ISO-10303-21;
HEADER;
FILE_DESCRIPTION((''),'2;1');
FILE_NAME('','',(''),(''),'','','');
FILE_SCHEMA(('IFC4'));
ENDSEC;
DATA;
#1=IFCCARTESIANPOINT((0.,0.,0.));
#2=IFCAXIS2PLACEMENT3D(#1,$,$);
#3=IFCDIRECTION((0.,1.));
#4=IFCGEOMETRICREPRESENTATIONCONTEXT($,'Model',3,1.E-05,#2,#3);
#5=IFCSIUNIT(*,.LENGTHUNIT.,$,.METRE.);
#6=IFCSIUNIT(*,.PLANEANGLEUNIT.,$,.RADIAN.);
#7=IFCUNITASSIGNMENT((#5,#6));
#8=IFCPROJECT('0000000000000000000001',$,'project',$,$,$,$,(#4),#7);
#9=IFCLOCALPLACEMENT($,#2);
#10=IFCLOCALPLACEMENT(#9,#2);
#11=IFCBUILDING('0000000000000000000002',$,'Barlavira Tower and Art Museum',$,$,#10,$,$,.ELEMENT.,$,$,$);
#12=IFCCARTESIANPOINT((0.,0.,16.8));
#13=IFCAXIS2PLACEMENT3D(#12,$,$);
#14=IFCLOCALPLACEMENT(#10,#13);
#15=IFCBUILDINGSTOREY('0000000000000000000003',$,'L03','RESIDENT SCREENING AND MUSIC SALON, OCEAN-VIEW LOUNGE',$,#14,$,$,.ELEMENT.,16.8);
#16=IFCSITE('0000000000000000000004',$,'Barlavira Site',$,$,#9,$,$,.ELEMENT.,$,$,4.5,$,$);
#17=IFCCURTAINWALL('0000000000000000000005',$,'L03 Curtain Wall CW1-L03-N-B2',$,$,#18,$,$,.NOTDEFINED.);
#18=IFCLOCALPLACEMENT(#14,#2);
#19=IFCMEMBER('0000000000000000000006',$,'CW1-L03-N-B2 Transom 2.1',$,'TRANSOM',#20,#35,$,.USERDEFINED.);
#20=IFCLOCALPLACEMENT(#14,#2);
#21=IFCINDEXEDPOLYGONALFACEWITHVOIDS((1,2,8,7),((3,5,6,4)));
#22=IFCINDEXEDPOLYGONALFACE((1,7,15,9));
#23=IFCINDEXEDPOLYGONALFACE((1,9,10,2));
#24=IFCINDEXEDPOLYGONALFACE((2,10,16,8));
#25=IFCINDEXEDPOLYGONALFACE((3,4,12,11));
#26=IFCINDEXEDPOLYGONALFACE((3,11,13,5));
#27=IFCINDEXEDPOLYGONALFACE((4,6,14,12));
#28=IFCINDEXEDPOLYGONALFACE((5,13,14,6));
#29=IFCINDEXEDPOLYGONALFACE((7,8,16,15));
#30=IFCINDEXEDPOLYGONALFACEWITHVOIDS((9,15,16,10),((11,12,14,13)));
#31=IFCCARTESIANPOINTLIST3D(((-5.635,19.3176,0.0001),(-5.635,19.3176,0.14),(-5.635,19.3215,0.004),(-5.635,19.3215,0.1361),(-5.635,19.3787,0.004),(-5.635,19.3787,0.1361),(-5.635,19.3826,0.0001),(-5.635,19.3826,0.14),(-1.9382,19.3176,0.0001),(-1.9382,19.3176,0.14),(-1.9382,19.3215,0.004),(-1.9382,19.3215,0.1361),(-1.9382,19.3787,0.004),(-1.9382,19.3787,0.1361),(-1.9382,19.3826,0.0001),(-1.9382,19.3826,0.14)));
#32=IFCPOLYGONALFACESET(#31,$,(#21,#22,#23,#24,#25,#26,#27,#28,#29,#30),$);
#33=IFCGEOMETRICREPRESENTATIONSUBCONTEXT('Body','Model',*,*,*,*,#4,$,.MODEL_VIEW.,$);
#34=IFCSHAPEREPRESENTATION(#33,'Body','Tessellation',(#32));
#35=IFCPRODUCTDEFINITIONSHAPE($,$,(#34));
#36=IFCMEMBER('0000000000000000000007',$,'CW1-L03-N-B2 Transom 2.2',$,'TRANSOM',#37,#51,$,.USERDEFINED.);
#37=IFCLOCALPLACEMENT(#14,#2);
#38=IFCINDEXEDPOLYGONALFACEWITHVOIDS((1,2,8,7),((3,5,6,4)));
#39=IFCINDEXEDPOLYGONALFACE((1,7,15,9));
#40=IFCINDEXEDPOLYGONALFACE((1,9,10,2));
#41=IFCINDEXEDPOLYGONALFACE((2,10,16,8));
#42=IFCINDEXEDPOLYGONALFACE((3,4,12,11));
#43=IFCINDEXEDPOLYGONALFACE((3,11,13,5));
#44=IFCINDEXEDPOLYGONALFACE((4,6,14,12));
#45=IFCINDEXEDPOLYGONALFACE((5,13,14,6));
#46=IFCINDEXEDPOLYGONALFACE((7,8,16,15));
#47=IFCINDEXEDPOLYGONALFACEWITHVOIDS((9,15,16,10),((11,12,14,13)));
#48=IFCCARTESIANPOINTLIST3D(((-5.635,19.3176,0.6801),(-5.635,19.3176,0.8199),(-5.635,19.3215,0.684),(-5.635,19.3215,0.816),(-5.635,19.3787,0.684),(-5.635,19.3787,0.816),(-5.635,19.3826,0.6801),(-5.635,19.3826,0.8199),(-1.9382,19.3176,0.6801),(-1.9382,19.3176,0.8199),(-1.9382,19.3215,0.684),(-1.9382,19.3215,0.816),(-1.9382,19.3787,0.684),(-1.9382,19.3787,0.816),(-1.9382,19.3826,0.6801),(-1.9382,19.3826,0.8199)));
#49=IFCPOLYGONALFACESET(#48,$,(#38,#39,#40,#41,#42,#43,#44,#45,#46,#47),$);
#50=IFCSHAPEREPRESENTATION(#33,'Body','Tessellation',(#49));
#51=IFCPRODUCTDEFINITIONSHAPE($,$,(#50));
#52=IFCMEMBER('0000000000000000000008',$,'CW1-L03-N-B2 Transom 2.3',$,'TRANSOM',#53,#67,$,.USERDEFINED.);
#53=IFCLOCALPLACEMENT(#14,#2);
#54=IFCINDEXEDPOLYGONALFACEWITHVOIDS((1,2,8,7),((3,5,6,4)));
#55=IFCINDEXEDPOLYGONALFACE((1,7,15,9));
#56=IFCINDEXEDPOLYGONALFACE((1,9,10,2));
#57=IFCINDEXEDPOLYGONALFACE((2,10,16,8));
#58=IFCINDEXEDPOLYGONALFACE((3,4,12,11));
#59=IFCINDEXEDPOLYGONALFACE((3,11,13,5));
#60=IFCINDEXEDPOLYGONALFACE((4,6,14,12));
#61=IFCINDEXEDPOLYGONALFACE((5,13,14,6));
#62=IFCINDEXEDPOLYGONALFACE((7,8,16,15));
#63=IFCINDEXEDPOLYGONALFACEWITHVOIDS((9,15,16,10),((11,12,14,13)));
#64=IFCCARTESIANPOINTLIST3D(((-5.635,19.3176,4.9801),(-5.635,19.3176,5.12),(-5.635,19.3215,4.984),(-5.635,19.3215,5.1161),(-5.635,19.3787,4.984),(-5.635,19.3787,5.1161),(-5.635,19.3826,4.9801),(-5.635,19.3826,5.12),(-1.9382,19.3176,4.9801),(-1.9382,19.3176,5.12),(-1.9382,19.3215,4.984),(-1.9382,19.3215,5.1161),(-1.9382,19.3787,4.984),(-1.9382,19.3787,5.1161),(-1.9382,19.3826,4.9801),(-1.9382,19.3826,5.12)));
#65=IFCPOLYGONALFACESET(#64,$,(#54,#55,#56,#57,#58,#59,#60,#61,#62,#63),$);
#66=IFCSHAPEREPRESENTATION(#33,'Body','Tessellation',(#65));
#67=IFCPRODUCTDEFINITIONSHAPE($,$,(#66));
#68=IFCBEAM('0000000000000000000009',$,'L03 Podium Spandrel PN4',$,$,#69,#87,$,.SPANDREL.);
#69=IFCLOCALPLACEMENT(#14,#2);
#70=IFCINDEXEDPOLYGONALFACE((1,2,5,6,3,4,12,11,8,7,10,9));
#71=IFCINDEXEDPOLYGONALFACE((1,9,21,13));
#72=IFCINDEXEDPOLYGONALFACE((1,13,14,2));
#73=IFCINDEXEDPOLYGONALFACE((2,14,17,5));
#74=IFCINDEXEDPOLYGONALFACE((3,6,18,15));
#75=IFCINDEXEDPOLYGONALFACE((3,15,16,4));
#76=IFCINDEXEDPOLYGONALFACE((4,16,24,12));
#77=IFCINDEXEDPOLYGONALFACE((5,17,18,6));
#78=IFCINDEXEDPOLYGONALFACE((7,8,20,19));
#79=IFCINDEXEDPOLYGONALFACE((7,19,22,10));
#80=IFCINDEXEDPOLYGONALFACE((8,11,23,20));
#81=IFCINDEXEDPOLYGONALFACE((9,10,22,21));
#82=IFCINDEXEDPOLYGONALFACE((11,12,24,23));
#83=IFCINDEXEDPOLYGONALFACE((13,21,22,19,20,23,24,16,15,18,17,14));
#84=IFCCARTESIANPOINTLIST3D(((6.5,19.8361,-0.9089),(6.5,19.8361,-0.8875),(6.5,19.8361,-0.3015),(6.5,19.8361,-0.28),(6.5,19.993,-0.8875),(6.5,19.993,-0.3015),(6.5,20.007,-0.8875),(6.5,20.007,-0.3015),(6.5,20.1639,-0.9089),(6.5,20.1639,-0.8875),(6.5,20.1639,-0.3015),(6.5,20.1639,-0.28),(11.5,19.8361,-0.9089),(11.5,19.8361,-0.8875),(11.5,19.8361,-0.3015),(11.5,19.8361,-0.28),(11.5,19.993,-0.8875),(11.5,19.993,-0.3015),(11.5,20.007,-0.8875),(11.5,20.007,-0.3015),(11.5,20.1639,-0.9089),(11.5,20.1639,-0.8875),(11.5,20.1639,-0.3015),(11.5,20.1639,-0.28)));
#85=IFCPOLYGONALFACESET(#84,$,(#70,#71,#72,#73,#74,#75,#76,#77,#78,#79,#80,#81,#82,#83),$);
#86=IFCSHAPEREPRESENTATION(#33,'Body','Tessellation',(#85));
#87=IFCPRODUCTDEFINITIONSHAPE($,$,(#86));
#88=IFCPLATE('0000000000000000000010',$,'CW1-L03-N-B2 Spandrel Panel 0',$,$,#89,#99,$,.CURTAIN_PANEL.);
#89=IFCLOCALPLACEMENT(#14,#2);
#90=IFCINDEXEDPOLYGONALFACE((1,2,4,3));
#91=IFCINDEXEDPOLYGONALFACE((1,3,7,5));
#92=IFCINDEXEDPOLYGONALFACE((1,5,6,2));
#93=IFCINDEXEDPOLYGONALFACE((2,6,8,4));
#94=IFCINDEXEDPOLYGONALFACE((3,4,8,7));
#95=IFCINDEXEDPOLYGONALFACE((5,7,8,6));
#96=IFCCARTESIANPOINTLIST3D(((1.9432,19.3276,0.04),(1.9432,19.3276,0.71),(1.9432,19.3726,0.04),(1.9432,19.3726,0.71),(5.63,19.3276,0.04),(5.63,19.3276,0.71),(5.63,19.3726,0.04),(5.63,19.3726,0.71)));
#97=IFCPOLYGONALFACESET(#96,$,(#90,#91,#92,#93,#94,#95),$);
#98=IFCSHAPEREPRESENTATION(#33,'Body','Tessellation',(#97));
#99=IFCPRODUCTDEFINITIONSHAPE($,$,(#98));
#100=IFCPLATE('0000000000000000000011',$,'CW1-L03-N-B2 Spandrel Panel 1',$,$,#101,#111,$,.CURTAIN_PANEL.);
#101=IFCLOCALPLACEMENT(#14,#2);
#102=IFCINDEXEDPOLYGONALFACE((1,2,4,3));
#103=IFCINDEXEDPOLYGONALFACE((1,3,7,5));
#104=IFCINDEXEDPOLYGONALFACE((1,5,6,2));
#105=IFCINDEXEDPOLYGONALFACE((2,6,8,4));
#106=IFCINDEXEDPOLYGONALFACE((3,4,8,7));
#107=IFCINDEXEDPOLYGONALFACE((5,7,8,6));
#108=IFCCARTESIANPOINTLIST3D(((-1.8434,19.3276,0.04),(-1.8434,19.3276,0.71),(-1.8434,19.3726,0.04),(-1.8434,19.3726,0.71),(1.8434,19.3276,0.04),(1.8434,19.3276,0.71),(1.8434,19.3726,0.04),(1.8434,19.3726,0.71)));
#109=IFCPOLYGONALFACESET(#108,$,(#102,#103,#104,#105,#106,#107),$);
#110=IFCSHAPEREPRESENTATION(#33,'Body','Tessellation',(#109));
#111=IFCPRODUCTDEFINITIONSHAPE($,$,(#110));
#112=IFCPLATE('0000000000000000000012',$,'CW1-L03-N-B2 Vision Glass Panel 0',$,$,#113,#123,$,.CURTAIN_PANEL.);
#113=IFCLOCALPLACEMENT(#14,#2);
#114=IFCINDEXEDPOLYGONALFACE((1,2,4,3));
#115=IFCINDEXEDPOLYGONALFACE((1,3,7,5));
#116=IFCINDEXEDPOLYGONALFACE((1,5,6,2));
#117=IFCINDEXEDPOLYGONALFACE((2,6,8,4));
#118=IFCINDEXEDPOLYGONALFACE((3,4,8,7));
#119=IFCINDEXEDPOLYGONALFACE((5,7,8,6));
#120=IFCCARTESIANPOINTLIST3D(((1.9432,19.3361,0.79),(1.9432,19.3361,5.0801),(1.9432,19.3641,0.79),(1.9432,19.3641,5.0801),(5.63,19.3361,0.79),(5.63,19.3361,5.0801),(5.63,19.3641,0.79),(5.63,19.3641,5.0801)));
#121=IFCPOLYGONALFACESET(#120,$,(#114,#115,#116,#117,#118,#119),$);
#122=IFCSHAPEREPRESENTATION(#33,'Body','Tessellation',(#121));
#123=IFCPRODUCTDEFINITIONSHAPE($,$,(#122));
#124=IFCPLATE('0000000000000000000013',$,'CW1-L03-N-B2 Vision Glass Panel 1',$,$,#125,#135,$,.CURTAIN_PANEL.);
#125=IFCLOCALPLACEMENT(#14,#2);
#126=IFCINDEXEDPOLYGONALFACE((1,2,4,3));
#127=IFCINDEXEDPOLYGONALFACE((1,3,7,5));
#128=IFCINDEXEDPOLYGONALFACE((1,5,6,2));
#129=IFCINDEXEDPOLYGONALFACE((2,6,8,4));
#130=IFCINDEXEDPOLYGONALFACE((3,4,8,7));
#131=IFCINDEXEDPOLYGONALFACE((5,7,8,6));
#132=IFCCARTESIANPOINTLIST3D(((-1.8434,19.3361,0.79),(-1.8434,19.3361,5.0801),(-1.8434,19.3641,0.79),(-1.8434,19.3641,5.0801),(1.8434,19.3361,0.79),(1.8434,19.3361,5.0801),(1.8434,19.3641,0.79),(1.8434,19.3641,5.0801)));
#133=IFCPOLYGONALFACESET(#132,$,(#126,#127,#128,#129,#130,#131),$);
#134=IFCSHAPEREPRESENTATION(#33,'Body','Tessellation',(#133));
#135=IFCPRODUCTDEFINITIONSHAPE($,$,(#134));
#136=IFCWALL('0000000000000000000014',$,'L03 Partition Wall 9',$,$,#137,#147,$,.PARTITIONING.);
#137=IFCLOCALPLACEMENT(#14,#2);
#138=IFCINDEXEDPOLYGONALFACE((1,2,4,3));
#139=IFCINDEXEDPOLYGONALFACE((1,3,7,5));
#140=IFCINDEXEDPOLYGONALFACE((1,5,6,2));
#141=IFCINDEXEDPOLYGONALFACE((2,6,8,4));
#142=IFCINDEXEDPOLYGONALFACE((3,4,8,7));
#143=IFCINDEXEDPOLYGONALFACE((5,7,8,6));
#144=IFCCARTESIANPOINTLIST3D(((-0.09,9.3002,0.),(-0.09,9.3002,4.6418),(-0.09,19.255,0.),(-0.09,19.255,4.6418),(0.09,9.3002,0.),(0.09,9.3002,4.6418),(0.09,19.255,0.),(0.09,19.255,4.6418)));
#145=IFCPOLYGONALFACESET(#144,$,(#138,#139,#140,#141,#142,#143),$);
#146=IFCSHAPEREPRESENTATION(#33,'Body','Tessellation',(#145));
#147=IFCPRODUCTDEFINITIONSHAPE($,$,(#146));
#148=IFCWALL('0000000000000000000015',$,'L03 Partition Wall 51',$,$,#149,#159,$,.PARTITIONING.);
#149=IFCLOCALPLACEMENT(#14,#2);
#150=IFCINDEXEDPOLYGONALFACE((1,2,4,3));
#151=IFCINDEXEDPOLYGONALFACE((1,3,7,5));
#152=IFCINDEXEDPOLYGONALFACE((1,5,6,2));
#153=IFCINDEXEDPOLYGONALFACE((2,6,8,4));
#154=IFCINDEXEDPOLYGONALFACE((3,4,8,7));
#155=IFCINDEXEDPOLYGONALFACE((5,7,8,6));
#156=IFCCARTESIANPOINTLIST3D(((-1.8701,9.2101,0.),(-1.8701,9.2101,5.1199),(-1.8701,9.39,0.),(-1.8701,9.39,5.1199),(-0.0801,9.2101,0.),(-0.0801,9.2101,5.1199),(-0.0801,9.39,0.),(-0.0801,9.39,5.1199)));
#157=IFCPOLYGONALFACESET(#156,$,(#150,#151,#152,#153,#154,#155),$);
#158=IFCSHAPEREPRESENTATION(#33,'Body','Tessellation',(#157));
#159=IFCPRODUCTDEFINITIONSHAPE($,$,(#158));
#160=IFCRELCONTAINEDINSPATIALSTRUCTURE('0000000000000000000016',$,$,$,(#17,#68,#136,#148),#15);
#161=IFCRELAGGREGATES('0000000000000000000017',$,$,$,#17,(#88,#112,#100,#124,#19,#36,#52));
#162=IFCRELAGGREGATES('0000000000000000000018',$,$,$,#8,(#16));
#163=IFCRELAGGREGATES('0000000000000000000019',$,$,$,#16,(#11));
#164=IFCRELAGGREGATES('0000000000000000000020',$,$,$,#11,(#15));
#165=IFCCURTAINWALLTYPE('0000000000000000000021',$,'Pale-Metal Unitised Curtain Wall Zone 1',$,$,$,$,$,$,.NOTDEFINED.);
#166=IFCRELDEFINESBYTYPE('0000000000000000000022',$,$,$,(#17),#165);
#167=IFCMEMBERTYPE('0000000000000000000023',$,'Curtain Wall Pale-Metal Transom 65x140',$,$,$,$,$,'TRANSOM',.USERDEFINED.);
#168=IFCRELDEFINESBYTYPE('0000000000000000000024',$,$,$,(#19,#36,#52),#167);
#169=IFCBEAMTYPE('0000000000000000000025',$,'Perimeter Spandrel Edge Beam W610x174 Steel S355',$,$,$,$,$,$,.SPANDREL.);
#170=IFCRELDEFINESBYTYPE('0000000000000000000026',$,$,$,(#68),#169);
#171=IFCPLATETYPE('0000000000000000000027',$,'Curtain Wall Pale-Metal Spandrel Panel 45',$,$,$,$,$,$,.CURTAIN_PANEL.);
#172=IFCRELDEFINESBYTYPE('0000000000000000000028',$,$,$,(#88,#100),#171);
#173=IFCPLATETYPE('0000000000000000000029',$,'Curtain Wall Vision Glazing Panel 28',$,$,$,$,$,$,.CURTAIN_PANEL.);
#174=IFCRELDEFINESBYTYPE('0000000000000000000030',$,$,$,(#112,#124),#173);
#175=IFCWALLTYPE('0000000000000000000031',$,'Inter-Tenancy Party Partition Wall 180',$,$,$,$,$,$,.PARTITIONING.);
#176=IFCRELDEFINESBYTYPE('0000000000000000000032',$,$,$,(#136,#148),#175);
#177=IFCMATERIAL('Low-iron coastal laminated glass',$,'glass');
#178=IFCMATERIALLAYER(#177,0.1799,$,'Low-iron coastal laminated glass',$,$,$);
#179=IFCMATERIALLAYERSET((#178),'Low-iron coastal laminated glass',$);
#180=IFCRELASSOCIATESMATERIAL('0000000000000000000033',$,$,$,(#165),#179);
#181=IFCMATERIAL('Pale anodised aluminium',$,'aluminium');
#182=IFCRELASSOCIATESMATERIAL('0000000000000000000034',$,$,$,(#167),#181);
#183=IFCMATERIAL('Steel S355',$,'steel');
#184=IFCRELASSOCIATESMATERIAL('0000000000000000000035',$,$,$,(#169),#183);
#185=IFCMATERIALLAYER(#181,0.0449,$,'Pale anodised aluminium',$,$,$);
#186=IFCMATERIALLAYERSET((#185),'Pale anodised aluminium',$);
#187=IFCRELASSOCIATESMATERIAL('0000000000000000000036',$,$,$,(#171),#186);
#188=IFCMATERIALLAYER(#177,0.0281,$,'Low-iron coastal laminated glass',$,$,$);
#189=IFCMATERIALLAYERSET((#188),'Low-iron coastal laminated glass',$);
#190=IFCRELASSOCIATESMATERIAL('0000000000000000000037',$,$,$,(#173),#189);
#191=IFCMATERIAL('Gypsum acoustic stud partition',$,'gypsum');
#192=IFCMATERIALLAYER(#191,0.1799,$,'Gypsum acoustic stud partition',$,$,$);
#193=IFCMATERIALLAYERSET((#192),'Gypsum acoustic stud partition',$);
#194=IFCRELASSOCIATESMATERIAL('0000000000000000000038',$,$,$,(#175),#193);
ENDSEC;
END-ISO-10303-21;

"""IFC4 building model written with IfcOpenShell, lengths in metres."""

from ifc_helpers import new_model, si_unit, direction, frame, frame_2d, origin, origin_2d, place, context, subcontext, project, spatial, rectangle, hollow_rectangle, i_section, extrude, material, layer, layer_set, material_profile, profile_set, type_object, element, aggregate, save


model = new_model("IFC4")

# Units and contexts
model_context = context("Model", 3, precision=1e-05, world=origin(), true_north=direction((0.0, 1.0)))
body_context = subcontext(model_context, "Body", "Model", "MODEL_VIEW")
ifc_project = project(units=[si_unit("LENGTHUNIT", "METRE"), si_unit("PLANEANGLEUNIT", "RADIAN")], contexts=[model_context])

# Site, building, storey
site_placement = place(None, origin())
site = spatial("IfcSite", under=ifc_project, at=site_placement, Name="Barlavira Site", CompositionType="ELEMENT", RefElevation=4.5)
building_placement = place(site_placement, origin())
building = spatial("IfcBuilding", under=site, at=building_placement, Name="Barlavira Tower and Art Museum", CompositionType="ELEMENT")
storey_placement = place(building_placement, frame((0.0, 0.0, 16.8)))
storey = spatial("IfcBuildingStorey", under=building, at=storey_placement, Name="L03", Description="RESIDENT SCREENING AND MUSIC SALON, OCEAN-VIEW LOUNGE", CompositionType="ELEMENT", Elevation=16.8)

# Curtain wall, members
ifc_material_1 = material(Name="Low-iron coastal laminated glass", Category="glass")
ifc_layer_1 = layer(ifc_material_1, 0.1799, Name="Low-iron coastal laminated glass")
ifc_layer_set_1 = layer_set([ifc_layer_1], Name="Low-iron coastal laminated glass")
curtain_wall_type = type_object("IfcCurtainWallType", Name="Pale-Metal Unitised Curtain Wall Zone 1", PredefinedType="NOTDEFINED", material=ifc_layer_set_1)
curtain_wall_placement = place(storey_placement, origin())
curtain_wall = element("IfcCurtainWall", 1, at=curtain_wall_placement, inside=storey, type_object=curtain_wall_type, Name="L03 Curtain Wall CW1-L03-N-B2", PredefinedType="NOTDEFINED")
ifc_material_2 = material(Name="Pale anodised aluminium", Category="aluminium")
ifc_material_profile_1 = material_profile(ifc_material_2, hollow_rectangle(XDim=0.0649, YDim=0.1399, WallThickness=0.0039, at=origin_2d()), Name="ALU-TRAN 65x140x4")
ifc_profile_set_1 = profile_set([ifc_material_profile_1], Name="Pale anodised aluminium")
member_type_1 = type_object("IfcMemberType", Name="Curtain Wall Pale-Metal Transom 65x140", ElementType="TRANSOM", PredefinedType="USERDEFINED", material=ifc_profile_set_1)
member_1_placement = place(storey_placement, frame((-1.9382, 19.3501, 0.0701), z_axis=(-1.0, 0.0, 0.0), x_axis=(0.0, -1.0, 0.0)))
member_1 = element("IfcMember", 2, at=member_1_placement, type_object=member_type_1, Name="CW1-L03-N-B2 Transom 2.1", ObjectType="TRANSOM", PredefinedType="USERDEFINED", context=body_context, shape_type="SweptSolid", body=[
    extrude(hollow_rectangle(XDim=0.0649, YDim=0.1399, WallThickness=0.0039, at=origin_2d()), origin(), (0.0, 0.0, 1.0), 3.6968),
])
member_2_placement = place(storey_placement, frame((-1.9382, 19.3501, 0.75), z_axis=(-1.0, 0.0, 0.0), x_axis=(0.0, -1.0, 0.0)))
member_2 = element("IfcMember", 3, at=member_2_placement, type_object=member_type_1, Name="CW1-L03-N-B2 Transom 2.2", ObjectType="TRANSOM", PredefinedType="USERDEFINED", context=body_context, shape_type="SweptSolid", body=[
    extrude(hollow_rectangle(XDim=0.0649, YDim=0.1399, WallThickness=0.0039, at=origin_2d()), origin(), (0.0, 0.0, 1.0), 3.6968),
])
member_3_placement = place(storey_placement, frame((-1.9382, 19.3501, 5.05), z_axis=(-1.0, 0.0, 0.0), x_axis=(0.0, -1.0, 0.0)))
member_3 = element("IfcMember", 4, at=member_3_placement, type_object=member_type_1, Name="CW1-L03-N-B2 Transom 2.3", ObjectType="TRANSOM", PredefinedType="USERDEFINED", context=body_context, shape_type="SweptSolid", body=[
    extrude(hollow_rectangle(XDim=0.0649, YDim=0.1399, WallThickness=0.0039, at=origin_2d()), origin(), (0.0, 0.0, 1.0), 3.6968),
])

# Beam
ifc_material_3 = material(Name="Steel S355", Category="steel")
ifc_material_profile_2 = material_profile(ifc_material_3, i_section(OverallWidth=0.3279, OverallDepth=0.6289, WebThickness=0.0139, FlangeThickness=0.0215, at=origin_2d()), Name="W610x174.0")
ifc_profile_set_2 = profile_set([ifc_material_profile_2], Name="Steel S355")
beam_type = type_object("IfcBeamType", Name="Perimeter Spandrel Edge Beam W610x174 Steel S355", PredefinedType="SPANDREL", material=ifc_profile_set_2)
beam_placement = place(storey_placement, frame((6.5, 20.0, -0.5945), z_axis=(1.0, 0.0, 0.0), x_axis=(0.0, 1.0, 0.0)))
element("IfcBeam", 5, at=beam_placement, inside=storey, type_object=beam_type, Name="L03 Podium Spandrel PN4", PredefinedType="SPANDREL", context=body_context, shape_type="SweptSolid", body=[
    extrude(i_section(OverallWidth=0.3279, OverallDepth=0.6289, WebThickness=0.0139, FlangeThickness=0.0215, at=origin_2d()), origin(), (0.0, 0.0, 1.0), 5.0),
])

# Plates
ifc_layer_2 = layer(ifc_material_2, 0.0449, Name="Pale anodised aluminium")
ifc_layer_set_2 = layer_set([ifc_layer_2], Name="Pale anodised aluminium")
plate_type_1 = type_object("IfcPlateType", Name="Curtain Wall Pale-Metal Spandrel Panel 45", PredefinedType="CURTAIN_PANEL", material=ifc_layer_set_2)
plate_1_placement = place(storey_placement, frame((3.7866, 19.3501, 0.04), z_axis=(0.0, 0.0, 1.0), x_axis=(-1.0, 0.0, 0.0)))
plate_1 = element("IfcPlate", 6, at=plate_1_placement, type_object=plate_type_1, Name="CW1-L03-N-B2 Spandrel Panel 0", PredefinedType="CURTAIN_PANEL", context=body_context, shape_type="SweptSolid", body=[
    extrude(rectangle(XDim=3.6868, YDim=0.0449, at=origin_2d()), origin(), (0.0, 0.0, 1.0), 0.6699),
])
plate_2_placement = place(storey_placement, frame((0.0, 19.3501, 0.04), z_axis=(0.0, 0.0, 1.0), x_axis=(-1.0, 0.0, 0.0)))
plate_2 = element("IfcPlate", 7, at=plate_2_placement, type_object=plate_type_1, Name="CW1-L03-N-B2 Spandrel Panel 1", PredefinedType="CURTAIN_PANEL", context=body_context, shape_type="SweptSolid", body=[
    extrude(rectangle(XDim=3.6868, YDim=0.0449, at=origin_2d()), origin(), (0.0, 0.0, 1.0), 0.6699),
])
ifc_layer_3 = layer(ifc_material_1, 0.0281, Name="Low-iron coastal laminated glass")
ifc_layer_set_3 = layer_set([ifc_layer_3], Name="Low-iron coastal laminated glass")
plate_type_2 = type_object("IfcPlateType", Name="Curtain Wall Vision Glazing Panel 28", PredefinedType="CURTAIN_PANEL", material=ifc_layer_set_3)
plate_3_placement = place(storey_placement, frame((3.7866, 19.3501, 0.79), z_axis=(0.0, 0.0, 1.0), x_axis=(-1.0, 0.0, 0.0)))
plate_3 = element("IfcPlate", 8, at=plate_3_placement, type_object=plate_type_2, Name="CW1-L03-N-B2 Vision Glass Panel 0", PredefinedType="CURTAIN_PANEL", context=body_context, shape_type="SweptSolid", body=[
    extrude(rectangle(XDim=3.6868, YDim=0.0281, at=origin_2d()), origin(), (0.0, 0.0, 1.0), 4.29),
])
plate_4_placement = place(storey_placement, frame((0.0, 19.3501, 0.79), z_axis=(0.0, 0.0, 1.0), x_axis=(-1.0, 0.0, 0.0)))
plate_4 = element("IfcPlate", 9, at=plate_4_placement, type_object=plate_type_2, Name="CW1-L03-N-B2 Vision Glass Panel 1", PredefinedType="CURTAIN_PANEL", context=body_context, shape_type="SweptSolid", body=[
    extrude(rectangle(XDim=3.6868, YDim=0.0281, at=origin_2d()), origin(), (0.0, 0.0, 1.0), 4.29),
])
aggregate(curtain_wall, [plate_1, plate_3, plate_2, plate_4, member_1, member_2, member_3])

# Walls
ifc_material_4 = material(Name="Gypsum acoustic stud partition", Category="gypsum")
ifc_layer_4 = layer(ifc_material_4, 0.1799, Name="Gypsum acoustic stud partition")
ifc_layer_set_4 = layer_set([ifc_layer_4], Name="Gypsum acoustic stud partition")
wall_type_1 = type_object("IfcWallType", Name="Inter-Tenancy Party Partition Wall 180", PredefinedType="PARTITIONING", material=ifc_layer_set_4)
wall_1_placement = place(storey_placement, frame((0.0, 9.3, 0.0), z_axis=(0.0, 0.0, 1.0), x_axis=(0.0, 1.0, 0.0)))
element("IfcWall", 10, at=wall_1_placement, inside=storey, type_object=wall_type_1, Name="L03 Partition Wall 9", PredefinedType="PARTITIONING", context=body_context, shape_type="SweptSolid", body=[
    extrude(rectangle(XDim=9.9548, YDim=0.1799, at=frame_2d((4.9775, 0.0))), origin(), (0.0, 0.0, 1.0), 4.6418),
])
wall_2_placement = place(storey_placement, frame((-1.8701, 9.3, 0.0), z_axis=(0.0, 0.0, 1.0), x_axis=(1.0, 0.0, 0.0)))
element("IfcWall", 11, at=wall_2_placement, inside=storey, type_object=wall_type_1, Name="L03 Partition Wall 51", PredefinedType="PARTITIONING", context=body_context, shape_type="SweptSolid", body=[
    extrude(rectangle(XDim=1.79, YDim=0.1799, at=frame_2d((0.895, 0.0))), origin(), (0.0, 0.0, 1.0), 5.1199),
])

save(model, "model.ifc")
